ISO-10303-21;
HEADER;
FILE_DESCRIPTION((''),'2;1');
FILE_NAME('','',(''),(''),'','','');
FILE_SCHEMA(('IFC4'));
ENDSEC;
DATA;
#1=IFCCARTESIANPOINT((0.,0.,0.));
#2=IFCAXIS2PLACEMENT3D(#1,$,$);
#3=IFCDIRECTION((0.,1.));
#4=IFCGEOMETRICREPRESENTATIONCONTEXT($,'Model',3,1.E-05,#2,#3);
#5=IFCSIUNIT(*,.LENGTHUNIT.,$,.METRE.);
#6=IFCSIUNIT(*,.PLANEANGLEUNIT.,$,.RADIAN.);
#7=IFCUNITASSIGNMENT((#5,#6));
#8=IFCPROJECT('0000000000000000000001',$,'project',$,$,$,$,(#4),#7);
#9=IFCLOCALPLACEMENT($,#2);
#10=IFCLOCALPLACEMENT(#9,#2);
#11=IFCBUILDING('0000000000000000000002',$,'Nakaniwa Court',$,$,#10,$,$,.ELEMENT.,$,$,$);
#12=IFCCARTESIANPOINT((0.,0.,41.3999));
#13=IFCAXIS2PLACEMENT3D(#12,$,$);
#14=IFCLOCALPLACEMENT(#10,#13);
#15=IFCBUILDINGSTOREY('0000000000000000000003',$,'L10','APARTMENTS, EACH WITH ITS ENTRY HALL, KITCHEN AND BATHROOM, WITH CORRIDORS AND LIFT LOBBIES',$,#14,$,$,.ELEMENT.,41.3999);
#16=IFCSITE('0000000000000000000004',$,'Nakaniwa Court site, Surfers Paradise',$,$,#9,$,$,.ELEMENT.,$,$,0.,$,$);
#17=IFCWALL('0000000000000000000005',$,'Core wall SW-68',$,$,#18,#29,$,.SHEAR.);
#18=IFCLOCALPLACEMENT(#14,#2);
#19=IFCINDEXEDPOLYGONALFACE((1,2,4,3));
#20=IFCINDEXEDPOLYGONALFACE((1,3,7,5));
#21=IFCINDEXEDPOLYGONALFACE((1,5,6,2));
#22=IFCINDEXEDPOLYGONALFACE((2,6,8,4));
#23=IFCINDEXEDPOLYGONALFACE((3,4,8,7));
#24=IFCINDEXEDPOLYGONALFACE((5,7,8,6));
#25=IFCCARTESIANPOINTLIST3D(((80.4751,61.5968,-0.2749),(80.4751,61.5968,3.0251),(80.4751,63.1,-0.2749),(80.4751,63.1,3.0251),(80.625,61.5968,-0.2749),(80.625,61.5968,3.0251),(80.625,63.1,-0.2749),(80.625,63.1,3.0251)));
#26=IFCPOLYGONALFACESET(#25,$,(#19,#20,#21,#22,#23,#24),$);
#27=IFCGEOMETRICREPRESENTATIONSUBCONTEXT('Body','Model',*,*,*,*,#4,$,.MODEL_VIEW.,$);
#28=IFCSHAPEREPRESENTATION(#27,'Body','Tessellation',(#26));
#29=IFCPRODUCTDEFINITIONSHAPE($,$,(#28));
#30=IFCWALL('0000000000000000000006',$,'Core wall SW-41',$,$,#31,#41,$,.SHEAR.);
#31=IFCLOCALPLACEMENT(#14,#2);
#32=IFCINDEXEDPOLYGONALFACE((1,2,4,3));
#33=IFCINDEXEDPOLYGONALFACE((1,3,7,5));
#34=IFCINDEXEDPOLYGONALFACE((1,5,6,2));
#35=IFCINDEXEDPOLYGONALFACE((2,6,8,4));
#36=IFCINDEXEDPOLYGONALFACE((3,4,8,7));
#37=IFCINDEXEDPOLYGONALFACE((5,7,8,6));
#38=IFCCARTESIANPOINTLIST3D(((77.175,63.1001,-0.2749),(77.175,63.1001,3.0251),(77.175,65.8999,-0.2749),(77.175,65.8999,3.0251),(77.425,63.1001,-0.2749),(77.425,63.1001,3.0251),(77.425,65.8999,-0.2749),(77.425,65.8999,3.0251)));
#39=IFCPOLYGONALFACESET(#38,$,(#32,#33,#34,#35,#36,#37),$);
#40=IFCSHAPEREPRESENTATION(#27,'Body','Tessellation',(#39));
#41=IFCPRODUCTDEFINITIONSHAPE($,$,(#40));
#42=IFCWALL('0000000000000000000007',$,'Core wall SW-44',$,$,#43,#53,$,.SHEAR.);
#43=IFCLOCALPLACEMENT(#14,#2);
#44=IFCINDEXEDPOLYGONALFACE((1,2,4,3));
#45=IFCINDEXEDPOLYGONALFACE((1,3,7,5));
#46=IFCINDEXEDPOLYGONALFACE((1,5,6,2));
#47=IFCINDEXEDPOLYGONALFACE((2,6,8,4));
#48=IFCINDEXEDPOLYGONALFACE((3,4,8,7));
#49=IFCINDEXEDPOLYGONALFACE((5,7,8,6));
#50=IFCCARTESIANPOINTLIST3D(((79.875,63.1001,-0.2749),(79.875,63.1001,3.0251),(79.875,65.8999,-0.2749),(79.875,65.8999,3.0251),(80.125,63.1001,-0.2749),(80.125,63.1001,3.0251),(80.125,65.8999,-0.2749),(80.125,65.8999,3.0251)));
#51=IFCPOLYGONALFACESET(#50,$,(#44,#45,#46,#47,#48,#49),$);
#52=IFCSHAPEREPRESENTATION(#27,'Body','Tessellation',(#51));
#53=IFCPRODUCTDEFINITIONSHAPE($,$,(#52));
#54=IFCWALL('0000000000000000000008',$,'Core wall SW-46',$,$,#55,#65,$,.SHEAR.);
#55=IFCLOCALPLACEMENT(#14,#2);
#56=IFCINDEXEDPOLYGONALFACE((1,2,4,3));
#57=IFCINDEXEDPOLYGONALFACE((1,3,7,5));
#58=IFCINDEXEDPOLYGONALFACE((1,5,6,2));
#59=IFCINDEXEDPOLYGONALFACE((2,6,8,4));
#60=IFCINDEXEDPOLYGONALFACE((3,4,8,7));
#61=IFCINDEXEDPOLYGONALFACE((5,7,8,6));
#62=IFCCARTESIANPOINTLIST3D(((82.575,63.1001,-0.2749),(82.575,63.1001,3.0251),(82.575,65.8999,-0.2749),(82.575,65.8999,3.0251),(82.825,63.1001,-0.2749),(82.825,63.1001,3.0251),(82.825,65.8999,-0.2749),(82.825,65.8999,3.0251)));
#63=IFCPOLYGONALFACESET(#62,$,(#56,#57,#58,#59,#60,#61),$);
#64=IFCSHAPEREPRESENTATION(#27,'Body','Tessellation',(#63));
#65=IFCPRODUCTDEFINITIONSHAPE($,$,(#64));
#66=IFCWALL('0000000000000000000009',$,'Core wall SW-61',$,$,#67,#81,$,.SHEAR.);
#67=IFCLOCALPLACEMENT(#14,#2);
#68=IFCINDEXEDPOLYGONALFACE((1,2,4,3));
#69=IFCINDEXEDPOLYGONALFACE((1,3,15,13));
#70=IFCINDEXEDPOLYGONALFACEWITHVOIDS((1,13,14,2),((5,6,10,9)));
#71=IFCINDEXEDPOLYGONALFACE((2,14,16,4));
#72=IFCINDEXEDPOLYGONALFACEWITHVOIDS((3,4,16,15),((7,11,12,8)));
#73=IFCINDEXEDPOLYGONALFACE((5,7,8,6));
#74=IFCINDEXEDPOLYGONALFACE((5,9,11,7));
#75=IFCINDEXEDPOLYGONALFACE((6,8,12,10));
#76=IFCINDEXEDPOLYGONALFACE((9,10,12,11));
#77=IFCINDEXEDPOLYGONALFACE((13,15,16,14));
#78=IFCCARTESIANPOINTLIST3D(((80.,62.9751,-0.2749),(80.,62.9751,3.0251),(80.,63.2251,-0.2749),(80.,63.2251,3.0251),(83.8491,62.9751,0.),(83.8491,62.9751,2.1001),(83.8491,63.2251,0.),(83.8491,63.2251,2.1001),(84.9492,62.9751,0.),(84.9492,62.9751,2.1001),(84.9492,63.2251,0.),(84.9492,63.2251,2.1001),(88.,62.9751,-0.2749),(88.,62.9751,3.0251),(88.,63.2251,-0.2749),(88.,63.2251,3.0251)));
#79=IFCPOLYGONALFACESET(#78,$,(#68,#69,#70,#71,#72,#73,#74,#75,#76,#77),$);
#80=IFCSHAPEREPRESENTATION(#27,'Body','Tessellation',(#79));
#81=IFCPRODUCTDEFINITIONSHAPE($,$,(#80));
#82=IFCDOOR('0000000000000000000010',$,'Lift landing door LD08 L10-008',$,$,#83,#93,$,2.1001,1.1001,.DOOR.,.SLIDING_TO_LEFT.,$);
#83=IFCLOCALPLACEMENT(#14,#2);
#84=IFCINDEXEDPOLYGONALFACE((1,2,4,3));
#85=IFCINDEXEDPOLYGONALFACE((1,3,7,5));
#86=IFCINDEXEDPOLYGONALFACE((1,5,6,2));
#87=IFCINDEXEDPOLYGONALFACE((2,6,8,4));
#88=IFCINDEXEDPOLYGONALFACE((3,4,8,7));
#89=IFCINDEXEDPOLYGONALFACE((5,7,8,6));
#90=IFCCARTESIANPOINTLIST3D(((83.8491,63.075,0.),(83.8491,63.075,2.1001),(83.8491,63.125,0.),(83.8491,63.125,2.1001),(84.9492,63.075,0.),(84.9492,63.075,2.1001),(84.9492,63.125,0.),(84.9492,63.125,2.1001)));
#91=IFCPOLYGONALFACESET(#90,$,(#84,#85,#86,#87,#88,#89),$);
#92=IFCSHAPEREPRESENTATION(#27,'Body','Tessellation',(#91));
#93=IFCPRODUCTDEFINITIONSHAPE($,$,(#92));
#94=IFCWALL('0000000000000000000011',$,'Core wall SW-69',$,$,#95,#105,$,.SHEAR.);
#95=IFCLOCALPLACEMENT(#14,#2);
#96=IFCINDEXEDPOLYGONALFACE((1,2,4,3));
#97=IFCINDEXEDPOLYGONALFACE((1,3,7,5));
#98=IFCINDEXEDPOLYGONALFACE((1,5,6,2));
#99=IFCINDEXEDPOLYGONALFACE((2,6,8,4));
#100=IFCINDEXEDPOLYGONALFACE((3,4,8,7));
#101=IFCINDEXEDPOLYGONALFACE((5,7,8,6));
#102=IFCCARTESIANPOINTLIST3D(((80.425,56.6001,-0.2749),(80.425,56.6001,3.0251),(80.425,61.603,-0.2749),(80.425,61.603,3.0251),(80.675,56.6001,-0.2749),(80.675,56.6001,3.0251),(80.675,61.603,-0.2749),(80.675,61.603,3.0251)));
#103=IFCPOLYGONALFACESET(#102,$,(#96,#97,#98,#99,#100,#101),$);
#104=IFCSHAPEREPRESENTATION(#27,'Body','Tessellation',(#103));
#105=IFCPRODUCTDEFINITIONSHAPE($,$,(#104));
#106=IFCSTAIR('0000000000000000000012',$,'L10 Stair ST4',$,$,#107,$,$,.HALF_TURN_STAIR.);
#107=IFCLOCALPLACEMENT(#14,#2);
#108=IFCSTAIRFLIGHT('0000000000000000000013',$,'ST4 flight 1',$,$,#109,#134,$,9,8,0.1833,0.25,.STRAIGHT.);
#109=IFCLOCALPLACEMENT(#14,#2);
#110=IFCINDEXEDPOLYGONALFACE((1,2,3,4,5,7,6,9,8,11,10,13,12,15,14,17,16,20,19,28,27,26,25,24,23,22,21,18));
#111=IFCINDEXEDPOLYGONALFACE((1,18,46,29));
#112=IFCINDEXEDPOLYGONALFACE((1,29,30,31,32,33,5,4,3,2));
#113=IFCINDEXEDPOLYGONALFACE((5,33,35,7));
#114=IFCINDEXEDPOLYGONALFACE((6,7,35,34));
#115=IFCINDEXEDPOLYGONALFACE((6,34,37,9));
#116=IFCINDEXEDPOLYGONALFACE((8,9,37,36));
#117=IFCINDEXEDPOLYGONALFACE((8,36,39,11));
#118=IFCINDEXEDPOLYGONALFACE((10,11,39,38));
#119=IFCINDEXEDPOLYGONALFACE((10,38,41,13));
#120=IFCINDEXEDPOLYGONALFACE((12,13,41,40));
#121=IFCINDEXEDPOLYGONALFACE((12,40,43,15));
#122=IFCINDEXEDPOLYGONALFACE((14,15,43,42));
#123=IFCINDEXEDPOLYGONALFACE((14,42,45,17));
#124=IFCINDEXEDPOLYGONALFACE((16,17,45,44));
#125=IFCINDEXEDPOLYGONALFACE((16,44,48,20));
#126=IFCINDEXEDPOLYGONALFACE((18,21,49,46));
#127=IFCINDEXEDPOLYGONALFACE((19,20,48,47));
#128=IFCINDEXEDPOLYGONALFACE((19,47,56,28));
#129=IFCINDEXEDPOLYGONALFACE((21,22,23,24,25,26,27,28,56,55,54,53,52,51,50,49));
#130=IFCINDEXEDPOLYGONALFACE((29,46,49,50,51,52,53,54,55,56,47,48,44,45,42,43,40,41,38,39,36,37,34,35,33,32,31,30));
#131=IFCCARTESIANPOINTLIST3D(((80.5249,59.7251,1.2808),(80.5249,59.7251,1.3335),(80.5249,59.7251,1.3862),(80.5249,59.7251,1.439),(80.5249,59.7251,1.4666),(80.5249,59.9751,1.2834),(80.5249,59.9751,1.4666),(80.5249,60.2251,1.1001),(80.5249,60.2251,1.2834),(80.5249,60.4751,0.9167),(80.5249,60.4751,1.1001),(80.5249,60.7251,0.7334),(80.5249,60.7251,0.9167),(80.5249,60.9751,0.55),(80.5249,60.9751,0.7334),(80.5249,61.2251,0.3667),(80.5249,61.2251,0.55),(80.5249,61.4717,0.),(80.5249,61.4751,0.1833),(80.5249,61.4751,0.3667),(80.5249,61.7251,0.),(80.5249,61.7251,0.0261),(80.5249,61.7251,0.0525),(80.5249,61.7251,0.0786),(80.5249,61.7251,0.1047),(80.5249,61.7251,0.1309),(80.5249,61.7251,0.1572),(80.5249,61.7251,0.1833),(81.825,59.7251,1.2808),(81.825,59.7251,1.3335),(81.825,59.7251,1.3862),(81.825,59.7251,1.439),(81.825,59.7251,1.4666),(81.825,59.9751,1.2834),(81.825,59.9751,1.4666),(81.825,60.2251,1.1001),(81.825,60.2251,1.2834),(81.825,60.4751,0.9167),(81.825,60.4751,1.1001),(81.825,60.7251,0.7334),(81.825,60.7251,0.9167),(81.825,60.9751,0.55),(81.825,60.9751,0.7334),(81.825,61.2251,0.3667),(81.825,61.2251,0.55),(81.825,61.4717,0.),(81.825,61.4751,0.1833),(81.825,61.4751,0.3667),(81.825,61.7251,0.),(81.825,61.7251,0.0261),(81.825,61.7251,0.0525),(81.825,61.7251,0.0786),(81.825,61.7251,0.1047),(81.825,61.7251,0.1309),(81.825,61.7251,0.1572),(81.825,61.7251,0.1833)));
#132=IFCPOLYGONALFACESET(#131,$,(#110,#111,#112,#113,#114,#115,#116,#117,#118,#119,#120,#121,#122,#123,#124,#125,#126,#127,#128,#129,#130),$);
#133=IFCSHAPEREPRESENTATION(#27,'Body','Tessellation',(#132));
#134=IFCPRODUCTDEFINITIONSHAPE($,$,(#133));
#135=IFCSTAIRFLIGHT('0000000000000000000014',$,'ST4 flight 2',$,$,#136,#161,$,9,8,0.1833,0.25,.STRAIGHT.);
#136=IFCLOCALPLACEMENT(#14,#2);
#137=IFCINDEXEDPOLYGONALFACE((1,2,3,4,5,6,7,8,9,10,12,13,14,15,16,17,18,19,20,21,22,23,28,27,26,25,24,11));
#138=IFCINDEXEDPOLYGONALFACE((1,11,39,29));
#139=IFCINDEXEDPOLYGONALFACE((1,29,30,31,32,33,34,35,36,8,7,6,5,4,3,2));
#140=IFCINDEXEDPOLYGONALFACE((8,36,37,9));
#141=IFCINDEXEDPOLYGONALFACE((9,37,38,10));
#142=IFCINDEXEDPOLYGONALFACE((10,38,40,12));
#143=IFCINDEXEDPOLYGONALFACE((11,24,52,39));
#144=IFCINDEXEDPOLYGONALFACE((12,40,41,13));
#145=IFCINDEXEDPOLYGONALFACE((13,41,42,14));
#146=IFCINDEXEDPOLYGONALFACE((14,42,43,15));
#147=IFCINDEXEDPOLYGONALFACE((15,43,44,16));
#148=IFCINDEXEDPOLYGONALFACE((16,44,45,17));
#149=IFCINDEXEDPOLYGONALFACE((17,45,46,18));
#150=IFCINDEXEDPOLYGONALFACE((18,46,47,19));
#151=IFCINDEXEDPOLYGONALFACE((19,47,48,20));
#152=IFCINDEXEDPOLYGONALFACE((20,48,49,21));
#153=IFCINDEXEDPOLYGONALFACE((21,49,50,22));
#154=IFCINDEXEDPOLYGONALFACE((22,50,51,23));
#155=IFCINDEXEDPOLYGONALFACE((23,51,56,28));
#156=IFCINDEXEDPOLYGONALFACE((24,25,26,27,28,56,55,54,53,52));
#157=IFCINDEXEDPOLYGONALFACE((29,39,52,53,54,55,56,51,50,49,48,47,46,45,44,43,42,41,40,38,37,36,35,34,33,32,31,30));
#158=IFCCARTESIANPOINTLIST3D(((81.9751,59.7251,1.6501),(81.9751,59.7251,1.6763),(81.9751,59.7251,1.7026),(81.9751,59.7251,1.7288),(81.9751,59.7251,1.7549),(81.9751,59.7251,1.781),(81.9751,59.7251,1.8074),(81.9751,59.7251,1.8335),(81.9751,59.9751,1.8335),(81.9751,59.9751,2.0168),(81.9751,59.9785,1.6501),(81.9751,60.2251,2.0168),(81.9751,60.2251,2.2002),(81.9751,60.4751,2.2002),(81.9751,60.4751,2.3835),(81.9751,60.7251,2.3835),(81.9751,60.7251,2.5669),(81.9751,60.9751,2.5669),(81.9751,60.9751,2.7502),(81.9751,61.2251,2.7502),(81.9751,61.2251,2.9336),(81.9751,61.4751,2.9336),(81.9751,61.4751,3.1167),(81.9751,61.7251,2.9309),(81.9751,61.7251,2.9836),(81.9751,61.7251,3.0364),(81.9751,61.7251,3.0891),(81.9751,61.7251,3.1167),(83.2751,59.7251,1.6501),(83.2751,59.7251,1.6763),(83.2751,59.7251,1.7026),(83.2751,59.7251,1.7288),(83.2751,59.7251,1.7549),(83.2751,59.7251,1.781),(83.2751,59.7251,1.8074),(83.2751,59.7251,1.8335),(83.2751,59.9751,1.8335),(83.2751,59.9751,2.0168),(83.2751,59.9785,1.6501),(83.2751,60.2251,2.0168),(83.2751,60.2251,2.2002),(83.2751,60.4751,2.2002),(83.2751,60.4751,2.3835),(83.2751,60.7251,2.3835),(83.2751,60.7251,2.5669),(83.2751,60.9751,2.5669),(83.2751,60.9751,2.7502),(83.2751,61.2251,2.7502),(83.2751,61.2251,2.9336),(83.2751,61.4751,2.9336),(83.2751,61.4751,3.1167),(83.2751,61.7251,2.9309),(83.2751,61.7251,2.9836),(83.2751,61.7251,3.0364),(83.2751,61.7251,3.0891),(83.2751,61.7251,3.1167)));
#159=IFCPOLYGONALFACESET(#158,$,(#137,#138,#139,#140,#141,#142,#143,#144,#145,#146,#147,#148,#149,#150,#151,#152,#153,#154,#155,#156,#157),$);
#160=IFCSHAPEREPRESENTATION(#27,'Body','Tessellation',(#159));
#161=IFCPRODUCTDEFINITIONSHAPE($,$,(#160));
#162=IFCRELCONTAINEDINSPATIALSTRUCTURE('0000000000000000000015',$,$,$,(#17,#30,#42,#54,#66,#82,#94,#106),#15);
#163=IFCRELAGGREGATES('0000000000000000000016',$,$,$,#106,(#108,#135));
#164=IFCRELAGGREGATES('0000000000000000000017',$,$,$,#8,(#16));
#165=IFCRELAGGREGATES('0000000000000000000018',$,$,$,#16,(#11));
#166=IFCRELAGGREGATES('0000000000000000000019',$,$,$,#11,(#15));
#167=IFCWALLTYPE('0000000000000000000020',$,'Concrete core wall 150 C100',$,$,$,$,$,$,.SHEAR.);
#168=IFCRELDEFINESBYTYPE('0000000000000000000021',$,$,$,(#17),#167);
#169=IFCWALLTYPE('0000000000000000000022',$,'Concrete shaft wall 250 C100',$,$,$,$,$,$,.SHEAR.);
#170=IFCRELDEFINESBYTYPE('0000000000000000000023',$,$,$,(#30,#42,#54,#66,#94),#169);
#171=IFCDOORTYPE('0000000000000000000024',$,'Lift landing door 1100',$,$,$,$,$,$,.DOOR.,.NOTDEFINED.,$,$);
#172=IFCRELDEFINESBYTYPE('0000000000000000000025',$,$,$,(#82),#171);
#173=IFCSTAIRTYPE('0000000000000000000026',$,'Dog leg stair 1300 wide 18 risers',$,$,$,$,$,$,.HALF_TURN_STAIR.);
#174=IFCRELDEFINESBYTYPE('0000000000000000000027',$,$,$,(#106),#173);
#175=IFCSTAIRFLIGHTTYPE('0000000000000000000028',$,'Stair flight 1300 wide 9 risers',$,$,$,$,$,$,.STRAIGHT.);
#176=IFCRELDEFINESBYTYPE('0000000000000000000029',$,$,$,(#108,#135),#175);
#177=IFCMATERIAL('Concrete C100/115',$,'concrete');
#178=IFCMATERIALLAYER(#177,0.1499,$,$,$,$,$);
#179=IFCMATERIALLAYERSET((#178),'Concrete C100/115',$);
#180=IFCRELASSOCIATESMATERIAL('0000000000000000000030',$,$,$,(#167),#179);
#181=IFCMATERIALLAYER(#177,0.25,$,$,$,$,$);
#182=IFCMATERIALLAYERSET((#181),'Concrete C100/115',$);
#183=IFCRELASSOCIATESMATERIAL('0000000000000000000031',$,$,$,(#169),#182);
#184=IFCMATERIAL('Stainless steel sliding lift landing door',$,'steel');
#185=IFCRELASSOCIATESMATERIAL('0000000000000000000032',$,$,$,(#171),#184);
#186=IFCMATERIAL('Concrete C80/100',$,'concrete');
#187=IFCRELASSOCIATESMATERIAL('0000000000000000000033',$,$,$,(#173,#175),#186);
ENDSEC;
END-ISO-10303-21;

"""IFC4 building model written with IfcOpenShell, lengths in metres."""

from ifc_helpers import new_model, si_unit, direction, frame, frame_2d, origin, place, context, subcontext, project, spatial, polyline, rectangle, outline, extrude, material, layer, layer_set, type_object, element, fill, aggregate, save


model = new_model("IFC4")

# Units and contexts
model_context = context("Model", 3, precision=1e-05, world=origin(), true_north=direction((0.0, 1.0)))
body_context = subcontext(model_context, "Body", "Model", "MODEL_VIEW")
ifc_project = project(units=[si_unit("LENGTHUNIT", "METRE"), si_unit("PLANEANGLEUNIT", "RADIAN")], contexts=[model_context])

# Site, building, storey
site_placement = place(None, origin())
site = spatial("IfcSite", under=ifc_project, at=site_placement, Name="Nakaniwa Court site, Surfers Paradise", CompositionType="ELEMENT", RefElevation=0.0)
building_placement = place(site_placement, origin())
building = spatial("IfcBuilding", under=site, at=building_placement, Name="Nakaniwa Court", CompositionType="ELEMENT")
storey_placement = place(building_placement, frame((0.0, 0.0, 41.3999)))
storey = spatial("IfcBuildingStorey", under=building, at=storey_placement, Name="L10", Description="APARTMENTS, EACH WITH ITS ENTRY HALL, KITCHEN AND BATHROOM, WITH CORRIDORS AND LIFT LOBBIES", CompositionType="ELEMENT", Elevation=41.3999)

# Shared definitions
ifc_material_1 = material(Name="Concrete C80/100", Category="concrete")

# Walls
ifc_material_2 = material(Name="Concrete C100/115", Category="concrete")
ifc_layer_1 = layer(ifc_material_2, 0.1499)
ifc_layer_set_1 = layer_set([ifc_layer_1], Name="Concrete C100/115")
wall_type_1 = type_object("IfcWallType", Name="Concrete core wall 150 C100", PredefinedType="SHEAR", material=ifc_layer_set_1)
wall_1_placement = place(storey_placement, frame((80.55, 61.5969, -0.2749), z_axis=(0.0, 0.0, 1.0), x_axis=(0.0, 1.0, 0.0)))
element("IfcWall", 1, at=wall_1_placement, inside=storey, type_object=wall_type_1, Name="Core wall SW-68", PredefinedType="SHEAR", context=body_context, shape_type="SweptSolid", body=[
    extrude(rectangle(XDim=1.5032, YDim=0.1499, at=frame_2d((0.7515, 0.0))), origin(), (0.0, 0.0, 1.0), 3.3),
])
ifc_layer_2 = layer(ifc_material_2, 0.25)
ifc_layer_set_2 = layer_set([ifc_layer_2], Name="Concrete C100/115")
wall_type_2 = type_object("IfcWallType", Name="Concrete shaft wall 250 C100", PredefinedType="SHEAR", material=ifc_layer_set_2)
for number, where, z_axis, x_axis, name in (
    (2, (77.3, 63.1001, -0.2749), (0.0, 0.0, 1.0), (0.0, 1.0, 0.0), "Core wall SW-41"),
    (3, (80.0, 63.1001, -0.2749), (0.0, 0.0, 1.0), (0.0, 1.0, 0.0), "Core wall SW-44"),
    (4, (82.7, 63.1001, -0.2749), (0.0, 0.0, 1.0), (0.0, 1.0, 0.0), "Core wall SW-46"),
):
    element("IfcWall", number, at=place(storey_placement, frame(where, z_axis=z_axis, x_axis=x_axis)), inside=storey, type_object=wall_type_2, Name=name, PredefinedType="SHEAR", context=body_context, shape_type="SweptSolid", body=[
        extrude(rectangle(XDim=2.7998, YDim=0.25, at=frame_2d((1.3999, 0.0))), origin(), (0.0, 0.0, 1.0), 3.3),
    ])

# Wall, opening, door
wall_2_placement = place(storey_placement, frame((80.0, 63.1001, -0.2749), z_axis=(0.0, 0.0, 1.0), x_axis=(1.0, 0.0, 0.0)))
wall_2 = element("IfcWall", 5, at=wall_2_placement, inside=storey, type_object=wall_type_2, Name="Core wall SW-61", PredefinedType="SHEAR", context=body_context, shape_type="SweptSolid", body=[
    extrude(rectangle(XDim=8.0, YDim=0.25, at=frame_2d((4.0, 0.0))), origin(), (0.0, 0.0, 1.0), 3.3),
])
opening_1_placement = place(wall_2_placement, frame((3.8491, 0.0, 0.2749)))
opening_1 = element("IfcOpeningElement", 6, at=opening_1_placement, cuts=wall_2, PredefinedType="OPENING", context=body_context, shape_type="SweptSolid", body=[
    extrude(rectangle(XDim=1.1001, YDim=2.1001, at=frame_2d((0.55, 1.05))), frame((0.0, 0.135, 0.0), z_axis=(0.0, -1.0, 0.0), x_axis=(1.0, 0.0, 0.0)), (0.0, 0.0, 1.0), 0.27),
])
ifc_material_3 = material(Name="Stainless steel sliding lift landing door", Category="steel")
door_type_1 = type_object("IfcDoorType", Name="Lift landing door 1100", OperationType="NOTDEFINED", PredefinedType="DOOR", material=ifc_material_3)
door_1_placement = place(opening_1_placement, origin())
door_1 = element("IfcDoor", 7, at=door_1_placement, inside=storey, type_object=door_type_1, Name="Lift landing door LD08 L10-008", OperationType="SLIDING_TO_LEFT", OverallHeight=2.1001, OverallWidth=1.1001, PredefinedType="DOOR", context=body_context, shape_type="SweptSolid", body=[
    extrude(rectangle(XDim=1.1001, YDim=2.1001, at=frame_2d((0.55, 1.05))), frame((0.0, 0.0249, 0.0), z_axis=(0.0, -1.0, 0.0), x_axis=(1.0, 0.0, 0.0)), (0.0, 0.0, 1.0), 0.05),
])
fill(opening_1, door_1)

# Wall
wall_3_placement = place(storey_placement, frame((80.55, 56.6001, -0.2749), z_axis=(0.0, 0.0, 1.0), x_axis=(0.0, 1.0, 0.0)))
element("IfcWall", 8, at=wall_3_placement, inside=storey, type_object=wall_type_2, Name="Core wall SW-69", PredefinedType="SHEAR", context=body_context, shape_type="SweptSolid", body=[
    extrude(rectangle(XDim=5.0029, YDim=0.25, at=frame_2d((2.5015, 0.0))), origin(), (0.0, 0.0, 1.0), 3.3),
])

# Stair, stair flights
stair_type = type_object("IfcStairType", Name="Dog leg stair 1300 wide 18 risers", PredefinedType="HALF_TURN_STAIR", material=ifc_material_1)
stair_placement = place(storey_placement, origin())
stair = element("IfcStair", 9, at=stair_placement, inside=storey, type_object=stair_type, Name="L10 Stair ST4", PredefinedType="HALF_TURN_STAIR")
stair_flight_type = type_object("IfcStairFlightType", Name="Stair flight 1300 wide 9 risers", PredefinedType="STRAIGHT", material=ifc_material_1)
stair_flight_1_placement = place(storey_placement, frame((81.175, 61.7251, 0.0), z_axis=(0.0, 0.0, 1.0), x_axis=(0.0, -1.0, 0.0)))
stair_flight_1 = element("IfcStairFlight", 10, at=stair_flight_1_placement, type_object=stair_flight_type, Name="ST4 flight 1", NumberOfRisers=9, NumberOfTreads=8, PredefinedType="STRAIGHT", RiserHeight=0.1833, TreadLength=0.25, context=body_context, shape_type="SweptSolid", body=[
    extrude(outline(polyline([(0.0, 0.0), (0.0, 0.0261), (0.0, 0.0525), (0.0, 0.0786), (0.0, 0.1047), (0.0, 0.1309), (0.0, 0.1572), (0.0, 0.1833), (0.25, 0.1833), (0.25, 0.3667), (0.5, 0.3667), (0.5, 0.55), (0.75, 0.55), (0.75, 0.7334), (1.0, 0.7334), (1.0, 0.9167), (1.25, 0.9167), (1.25, 1.1001), (1.5, 1.1001), (1.5, 1.2834), (1.75, 1.2834), (1.75, 1.4666), (2.0, 1.4666), (2.0, 1.6499), (2.0, 1.5972), (2.0, 1.5444), (2.0, 1.4917), (2.0, 1.439), (2.0, 1.3862), (2.0, 1.3335), (2.0, 1.2808), (0.2534, 0.0), (0.0, 0.0)])), frame((0.0, 0.6499, 0.0), z_axis=(0.0, -1.0, 0.0), x_axis=(1.0, 0.0, 0.0)), (0.0, 0.0, 1.0), 1.3),
])
stair_flight_2_placement = place(storey_placement, frame((82.625, 59.7251, 1.6501), z_axis=(0.0, 0.0, 1.0), x_axis=(0.0, 1.0, 0.0)))
stair_flight_2 = element("IfcStairFlight", 11, at=stair_flight_2_placement, type_object=stair_flight_type, Name="ST4 flight 2", NumberOfRisers=9, NumberOfTreads=8, PredefinedType="STRAIGHT", RiserHeight=0.1833, TreadLength=0.25, context=body_context, shape_type="SweptSolid", body=[
    extrude(outline(polyline([(0.0, 0.0), (0.0, 0.0261), (0.0, 0.0525), (0.0, 0.0786), (0.0, 0.1047), (0.0, 0.1309), (0.0, 0.1572), (0.0, 0.1833), (0.25, 0.1833), (0.25, 0.3667), (0.5, 0.3667), (0.5, 0.55), (0.75, 0.55), (0.75, 0.7334), (1.0, 0.7334), (1.0, 0.9167), (1.25, 0.9167), (1.25, 1.1001), (1.5, 1.1001), (1.5, 1.2834), (1.75, 1.2834), (1.75, 1.4666), (2.0, 1.4666), (2.0, 1.6499), (2.0, 1.5972), (2.0, 1.5444), (2.0, 1.4917), (2.0, 1.439), (2.0, 1.3862), (2.0, 1.3335), (2.0, 1.2808), (0.2534, 0.0), (0.0, 0.0)])), frame((0.0, 0.6499, 0.0), z_axis=(0.0, -1.0, 0.0), x_axis=(1.0, 0.0, 0.0)), (0.0, 0.0, 1.0), 1.3),
])
aggregate(stair, [stair_flight_1, stair_flight_2])

save(model, "model.ifc")
